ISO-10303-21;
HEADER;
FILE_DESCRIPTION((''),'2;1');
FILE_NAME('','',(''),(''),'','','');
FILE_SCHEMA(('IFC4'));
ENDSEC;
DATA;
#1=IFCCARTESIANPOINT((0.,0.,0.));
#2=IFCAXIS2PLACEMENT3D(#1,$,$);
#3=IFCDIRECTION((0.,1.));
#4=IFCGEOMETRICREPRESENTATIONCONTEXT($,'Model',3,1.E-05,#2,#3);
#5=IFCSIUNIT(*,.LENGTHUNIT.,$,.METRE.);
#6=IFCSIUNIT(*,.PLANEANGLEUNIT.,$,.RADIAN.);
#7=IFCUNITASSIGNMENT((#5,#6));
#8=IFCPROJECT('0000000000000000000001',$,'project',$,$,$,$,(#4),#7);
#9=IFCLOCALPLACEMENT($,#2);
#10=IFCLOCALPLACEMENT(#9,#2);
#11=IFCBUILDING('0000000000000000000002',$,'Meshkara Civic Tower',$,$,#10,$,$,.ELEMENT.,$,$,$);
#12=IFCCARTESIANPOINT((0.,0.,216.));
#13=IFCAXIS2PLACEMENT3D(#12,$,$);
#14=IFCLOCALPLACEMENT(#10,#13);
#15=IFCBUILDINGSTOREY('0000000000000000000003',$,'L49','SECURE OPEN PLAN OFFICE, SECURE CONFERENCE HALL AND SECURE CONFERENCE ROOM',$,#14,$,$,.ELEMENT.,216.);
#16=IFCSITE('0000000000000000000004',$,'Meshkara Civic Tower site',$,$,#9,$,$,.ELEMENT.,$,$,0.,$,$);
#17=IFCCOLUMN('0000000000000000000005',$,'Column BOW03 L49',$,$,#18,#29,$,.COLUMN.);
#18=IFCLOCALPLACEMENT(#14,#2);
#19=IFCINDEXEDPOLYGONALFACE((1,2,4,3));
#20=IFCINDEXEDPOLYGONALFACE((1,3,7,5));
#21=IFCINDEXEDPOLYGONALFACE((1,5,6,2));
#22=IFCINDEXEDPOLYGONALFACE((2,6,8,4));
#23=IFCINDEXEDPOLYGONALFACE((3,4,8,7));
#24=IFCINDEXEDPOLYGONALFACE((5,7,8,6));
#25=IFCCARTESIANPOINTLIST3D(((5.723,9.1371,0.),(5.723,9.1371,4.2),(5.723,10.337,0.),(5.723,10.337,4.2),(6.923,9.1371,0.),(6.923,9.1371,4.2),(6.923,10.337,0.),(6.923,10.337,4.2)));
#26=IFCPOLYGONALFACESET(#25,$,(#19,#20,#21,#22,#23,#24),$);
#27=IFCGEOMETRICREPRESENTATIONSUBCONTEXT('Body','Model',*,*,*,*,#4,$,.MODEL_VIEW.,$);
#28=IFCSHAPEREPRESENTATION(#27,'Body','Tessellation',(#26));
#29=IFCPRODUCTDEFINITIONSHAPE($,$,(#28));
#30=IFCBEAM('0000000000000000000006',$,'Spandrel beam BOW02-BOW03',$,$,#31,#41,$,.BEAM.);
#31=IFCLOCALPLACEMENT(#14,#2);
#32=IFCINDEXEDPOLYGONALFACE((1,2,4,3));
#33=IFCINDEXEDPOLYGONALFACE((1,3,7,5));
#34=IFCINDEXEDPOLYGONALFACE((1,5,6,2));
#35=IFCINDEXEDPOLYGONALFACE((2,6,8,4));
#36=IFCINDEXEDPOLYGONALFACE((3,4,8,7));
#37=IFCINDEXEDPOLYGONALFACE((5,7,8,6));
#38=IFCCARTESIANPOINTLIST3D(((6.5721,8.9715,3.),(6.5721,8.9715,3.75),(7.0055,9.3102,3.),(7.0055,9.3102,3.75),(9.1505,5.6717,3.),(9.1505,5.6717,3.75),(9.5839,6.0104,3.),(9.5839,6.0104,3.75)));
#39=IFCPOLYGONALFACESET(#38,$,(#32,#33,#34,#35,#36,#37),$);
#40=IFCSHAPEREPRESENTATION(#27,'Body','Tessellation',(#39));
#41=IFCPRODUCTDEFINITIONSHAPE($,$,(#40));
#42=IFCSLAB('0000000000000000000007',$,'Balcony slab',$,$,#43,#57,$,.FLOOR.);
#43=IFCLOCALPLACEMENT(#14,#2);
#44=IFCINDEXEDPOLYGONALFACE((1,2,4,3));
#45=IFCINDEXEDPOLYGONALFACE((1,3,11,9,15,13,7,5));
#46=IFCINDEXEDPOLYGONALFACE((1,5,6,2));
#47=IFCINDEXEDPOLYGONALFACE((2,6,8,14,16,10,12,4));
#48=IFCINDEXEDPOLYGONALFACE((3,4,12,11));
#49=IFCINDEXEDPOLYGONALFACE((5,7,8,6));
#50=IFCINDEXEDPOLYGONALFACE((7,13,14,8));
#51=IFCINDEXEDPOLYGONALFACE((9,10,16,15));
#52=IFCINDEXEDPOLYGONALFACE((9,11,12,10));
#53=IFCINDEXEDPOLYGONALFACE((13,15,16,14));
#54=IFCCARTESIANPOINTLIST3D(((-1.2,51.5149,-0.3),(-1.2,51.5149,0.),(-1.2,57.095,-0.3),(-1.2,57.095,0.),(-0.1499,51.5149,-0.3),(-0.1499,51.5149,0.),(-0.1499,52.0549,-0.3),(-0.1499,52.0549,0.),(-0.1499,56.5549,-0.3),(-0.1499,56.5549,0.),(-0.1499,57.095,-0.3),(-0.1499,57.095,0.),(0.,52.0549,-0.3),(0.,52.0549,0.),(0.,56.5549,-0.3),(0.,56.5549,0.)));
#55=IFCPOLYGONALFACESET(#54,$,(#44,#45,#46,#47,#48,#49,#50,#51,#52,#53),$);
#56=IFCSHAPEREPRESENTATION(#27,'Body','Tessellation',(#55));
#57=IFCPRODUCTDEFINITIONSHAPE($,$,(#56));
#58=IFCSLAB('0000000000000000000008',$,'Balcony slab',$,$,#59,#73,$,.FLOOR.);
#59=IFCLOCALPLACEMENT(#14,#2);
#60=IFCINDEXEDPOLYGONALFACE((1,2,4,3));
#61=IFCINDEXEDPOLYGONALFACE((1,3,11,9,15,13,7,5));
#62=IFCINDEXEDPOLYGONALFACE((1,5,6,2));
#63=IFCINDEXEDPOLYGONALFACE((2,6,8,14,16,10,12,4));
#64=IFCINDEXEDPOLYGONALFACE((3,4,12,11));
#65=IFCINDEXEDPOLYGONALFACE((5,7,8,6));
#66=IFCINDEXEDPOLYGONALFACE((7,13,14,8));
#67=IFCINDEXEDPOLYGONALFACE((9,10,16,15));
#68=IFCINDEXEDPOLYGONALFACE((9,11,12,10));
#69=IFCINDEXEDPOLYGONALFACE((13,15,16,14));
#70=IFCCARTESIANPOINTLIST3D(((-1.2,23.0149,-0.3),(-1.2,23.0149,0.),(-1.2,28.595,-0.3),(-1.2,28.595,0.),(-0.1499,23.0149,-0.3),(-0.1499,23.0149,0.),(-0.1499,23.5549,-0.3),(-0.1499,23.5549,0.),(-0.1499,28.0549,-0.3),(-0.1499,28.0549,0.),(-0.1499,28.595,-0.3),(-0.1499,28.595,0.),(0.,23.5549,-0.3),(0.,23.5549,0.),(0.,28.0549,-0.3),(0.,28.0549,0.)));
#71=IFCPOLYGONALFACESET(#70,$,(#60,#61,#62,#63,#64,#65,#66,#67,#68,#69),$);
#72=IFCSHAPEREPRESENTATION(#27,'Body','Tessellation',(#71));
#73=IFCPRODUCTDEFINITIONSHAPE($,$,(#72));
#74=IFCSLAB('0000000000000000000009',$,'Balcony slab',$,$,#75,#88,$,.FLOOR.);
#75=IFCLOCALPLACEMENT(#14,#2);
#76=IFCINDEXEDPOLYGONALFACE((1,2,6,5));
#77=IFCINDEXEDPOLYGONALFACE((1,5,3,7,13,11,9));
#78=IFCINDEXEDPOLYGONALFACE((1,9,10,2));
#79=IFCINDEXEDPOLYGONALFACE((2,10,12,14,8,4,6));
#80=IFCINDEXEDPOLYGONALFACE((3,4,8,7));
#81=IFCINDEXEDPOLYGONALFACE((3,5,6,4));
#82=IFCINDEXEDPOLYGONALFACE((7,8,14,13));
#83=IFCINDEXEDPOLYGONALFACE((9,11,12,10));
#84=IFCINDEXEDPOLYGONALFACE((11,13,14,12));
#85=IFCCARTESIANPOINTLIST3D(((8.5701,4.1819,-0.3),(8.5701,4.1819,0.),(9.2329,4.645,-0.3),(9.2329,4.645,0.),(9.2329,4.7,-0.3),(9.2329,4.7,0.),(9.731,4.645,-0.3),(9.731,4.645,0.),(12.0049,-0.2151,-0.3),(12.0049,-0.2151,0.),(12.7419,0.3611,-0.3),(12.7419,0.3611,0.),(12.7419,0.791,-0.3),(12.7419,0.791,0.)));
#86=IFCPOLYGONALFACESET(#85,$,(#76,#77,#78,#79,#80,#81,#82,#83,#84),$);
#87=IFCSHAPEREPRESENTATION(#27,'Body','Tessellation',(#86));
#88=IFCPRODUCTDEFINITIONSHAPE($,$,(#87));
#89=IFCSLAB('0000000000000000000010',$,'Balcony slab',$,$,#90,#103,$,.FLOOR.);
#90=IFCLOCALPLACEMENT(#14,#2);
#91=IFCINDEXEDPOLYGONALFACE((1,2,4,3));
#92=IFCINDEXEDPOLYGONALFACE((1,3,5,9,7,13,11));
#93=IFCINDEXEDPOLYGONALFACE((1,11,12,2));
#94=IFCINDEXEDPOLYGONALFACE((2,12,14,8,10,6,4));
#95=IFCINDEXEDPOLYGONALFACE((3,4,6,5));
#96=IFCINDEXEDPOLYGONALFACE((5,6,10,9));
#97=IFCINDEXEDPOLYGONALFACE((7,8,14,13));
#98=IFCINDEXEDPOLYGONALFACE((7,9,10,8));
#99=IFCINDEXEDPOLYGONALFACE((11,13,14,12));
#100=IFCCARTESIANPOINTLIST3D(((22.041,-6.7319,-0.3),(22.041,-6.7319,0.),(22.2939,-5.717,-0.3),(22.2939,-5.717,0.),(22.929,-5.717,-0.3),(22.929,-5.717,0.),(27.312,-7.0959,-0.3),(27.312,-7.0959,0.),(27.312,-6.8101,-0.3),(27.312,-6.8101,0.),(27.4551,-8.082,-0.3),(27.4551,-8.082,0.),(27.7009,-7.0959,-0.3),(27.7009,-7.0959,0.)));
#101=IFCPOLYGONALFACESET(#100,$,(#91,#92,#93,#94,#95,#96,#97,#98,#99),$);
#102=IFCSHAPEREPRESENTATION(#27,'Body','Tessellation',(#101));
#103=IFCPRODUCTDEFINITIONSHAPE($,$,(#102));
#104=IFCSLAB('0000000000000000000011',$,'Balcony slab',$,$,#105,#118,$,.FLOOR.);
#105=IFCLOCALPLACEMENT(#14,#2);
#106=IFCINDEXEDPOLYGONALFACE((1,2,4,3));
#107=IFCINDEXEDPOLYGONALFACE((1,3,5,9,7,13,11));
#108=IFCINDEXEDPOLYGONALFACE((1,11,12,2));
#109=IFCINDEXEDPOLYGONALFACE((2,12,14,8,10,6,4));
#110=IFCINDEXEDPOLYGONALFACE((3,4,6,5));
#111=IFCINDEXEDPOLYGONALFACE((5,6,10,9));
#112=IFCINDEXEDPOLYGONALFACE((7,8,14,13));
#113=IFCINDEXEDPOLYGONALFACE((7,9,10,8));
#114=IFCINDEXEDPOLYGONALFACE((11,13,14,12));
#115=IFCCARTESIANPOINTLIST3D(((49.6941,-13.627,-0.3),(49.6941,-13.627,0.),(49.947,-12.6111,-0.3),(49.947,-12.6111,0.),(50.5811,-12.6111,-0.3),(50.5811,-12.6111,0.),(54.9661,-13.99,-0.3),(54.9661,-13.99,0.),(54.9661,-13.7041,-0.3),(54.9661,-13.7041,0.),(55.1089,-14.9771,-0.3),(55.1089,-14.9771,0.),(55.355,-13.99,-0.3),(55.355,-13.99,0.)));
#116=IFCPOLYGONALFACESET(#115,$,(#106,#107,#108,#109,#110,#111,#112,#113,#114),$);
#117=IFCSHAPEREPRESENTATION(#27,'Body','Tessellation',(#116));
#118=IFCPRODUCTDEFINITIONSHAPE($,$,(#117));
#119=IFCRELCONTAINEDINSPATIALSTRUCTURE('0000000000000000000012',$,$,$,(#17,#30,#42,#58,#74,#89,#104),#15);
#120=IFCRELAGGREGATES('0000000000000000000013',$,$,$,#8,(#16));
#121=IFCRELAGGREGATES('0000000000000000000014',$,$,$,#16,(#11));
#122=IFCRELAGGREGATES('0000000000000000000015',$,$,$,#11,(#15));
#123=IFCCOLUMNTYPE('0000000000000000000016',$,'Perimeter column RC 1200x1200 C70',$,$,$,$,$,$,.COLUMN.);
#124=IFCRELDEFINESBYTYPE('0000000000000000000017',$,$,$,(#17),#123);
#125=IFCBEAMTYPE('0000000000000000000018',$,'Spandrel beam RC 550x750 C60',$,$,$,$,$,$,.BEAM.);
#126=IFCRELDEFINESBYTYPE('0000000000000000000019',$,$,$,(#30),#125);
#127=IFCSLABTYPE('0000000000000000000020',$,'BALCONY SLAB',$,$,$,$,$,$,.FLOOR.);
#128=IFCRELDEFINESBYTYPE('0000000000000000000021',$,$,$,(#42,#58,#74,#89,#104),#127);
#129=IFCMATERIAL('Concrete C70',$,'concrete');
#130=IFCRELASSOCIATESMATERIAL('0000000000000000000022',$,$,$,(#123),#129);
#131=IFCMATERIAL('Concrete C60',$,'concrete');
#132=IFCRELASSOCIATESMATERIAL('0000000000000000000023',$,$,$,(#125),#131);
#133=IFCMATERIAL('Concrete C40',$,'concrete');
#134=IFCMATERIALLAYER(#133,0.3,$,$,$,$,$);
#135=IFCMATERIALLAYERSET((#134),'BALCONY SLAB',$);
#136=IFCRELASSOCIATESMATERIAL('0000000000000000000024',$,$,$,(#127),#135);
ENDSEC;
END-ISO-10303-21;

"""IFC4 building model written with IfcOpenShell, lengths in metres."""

from ifc_helpers import new_model, si_unit, direction, frame, origin, origin_2d, place, context, subcontext, project, spatial, polyline, rectangle, outline, extrude, material, layer, layer_set, material_profile, profile_set, type_object, element, save


model = new_model("IFC4")

# Units and contexts
model_context = context("Model", 3, precision=1e-05, world=origin(), true_north=direction((0.0, 1.0)))
body_context = subcontext(model_context, "Body", "Model", "MODEL_VIEW")
ifc_project = project(units=[si_unit("LENGTHUNIT", "METRE"), si_unit("PLANEANGLEUNIT", "RADIAN")], contexts=[model_context])

# Site, building, storey
site_placement = place(None, origin())
site = spatial("IfcSite", under=ifc_project, at=site_placement, Name="Meshkara Civic Tower site", CompositionType="ELEMENT", RefElevation=0.0)
building_placement = place(site_placement, origin())
building = spatial("IfcBuilding", under=site, at=building_placement, Name="Meshkara Civic Tower", CompositionType="ELEMENT")
storey_placement = place(building_placement, frame((0.0, 0.0, 216.0)))
storey = spatial("IfcBuildingStorey", under=building, at=storey_placement, Name="L49", Description="SECURE OPEN PLAN OFFICE, SECURE CONFERENCE HALL AND SECURE CONFERENCE ROOM", CompositionType="ELEMENT", Elevation=216.0)

# Column
ifc_material_1 = material(Name="Concrete C70", Category="concrete")
ifc_material_profile_1 = material_profile(ifc_material_1, rectangle(XDim=1.2, YDim=1.2, at=origin_2d()))
ifc_profile_set_1 = profile_set([ifc_material_profile_1], Name="Concrete C70")
column_type = type_object("IfcColumnType", Name="Perimeter column RC 1200x1200 C70", PredefinedType="COLUMN", material=ifc_profile_set_1)
column_placement = place(storey_placement, frame((6.323, 9.7371, 0.0), z_axis=(0.0, 0.0, 1.0), x_axis=(1.0, 0.0, 0.0)))
element("IfcColumn", 1, at=column_placement, inside=storey, type_object=column_type, Name="Column BOW03 L49", PredefinedType="COLUMN", context=body_context, shape_type="SweptSolid", body=[
    extrude(rectangle(XDim=1.2, YDim=1.2, at=origin_2d()), origin(), (0.0, 0.0, 1.0), 4.2),
])

# Beam
ifc_material_2 = material(Name="Concrete C60", Category="concrete")
ifc_material_profile_2 = material_profile(ifc_material_2, rectangle(XDim=0.55, YDim=0.75, at=origin_2d()))
ifc_profile_set_2 = profile_set([ifc_material_profile_2], Name="Concrete C60")
beam_type = type_object("IfcBeamType", Name="Spandrel beam RC 550x750 C60", PredefinedType="BEAM", material=ifc_profile_set_2)
beam_placement = place(storey_placement, frame((6.7888, 9.1409, 3.375), z_axis=(0.615703, -0.787978, 0.0), x_axis=(0.787978, 0.615703, 0.0)))
element("IfcBeam", 2, at=beam_placement, inside=storey, type_object=beam_type, Name="Spandrel beam BOW02-BOW03", PredefinedType="BEAM", context=body_context, shape_type="SweptSolid", body=[
    extrude(rectangle(XDim=0.55, YDim=0.75, at=origin_2d()), origin(), (0.0, 0.0, 1.0), 4.1877),
])

# Slabs
ifc_material_3 = material(Name="Concrete C40", Category="concrete")
ifc_layer_1 = layer(ifc_material_3, 0.3)
ifc_layer_set_1 = layer_set([ifc_layer_1], Name="BALCONY SLAB")
slab_type_1 = type_object("IfcSlabType", Name="BALCONY SLAB", PredefinedType="FLOOR", material=ifc_layer_set_1)
slab_1_placement = place(storey_placement, frame((0.0, 0.0, -0.3)))
element("IfcSlab", 3, at=slab_1_placement, inside=storey, type_object=slab_type_1, Name="Balcony slab", PredefinedType="FLOOR", context=body_context, shape_type="SweptSolid", body=[
    extrude(outline(polyline([(-1.2, 51.5149), (-1.2, 57.095), (-0.1499, 57.095), (-0.1499, 56.5549), (0.0, 56.5549), (0.0, 52.0549), (-0.1499, 52.0549), (-0.1499, 51.5149), (-1.2, 51.5149)])), origin(), (0.0, 0.0, 1.0), 0.3),
])
slab_2_placement = place(storey_placement, frame((0.0, 0.0, -0.3)))
element("IfcSlab", 4, at=slab_2_placement, inside=storey, type_object=slab_type_1, Name="Balcony slab", PredefinedType="FLOOR", context=body_context, shape_type="SweptSolid", body=[
    extrude(outline(polyline([(-1.2, 23.0149), (-1.2, 28.595), (-0.1499, 28.595), (-0.1499, 28.0549), (0.0, 28.0549), (0.0, 23.5549), (-0.1499, 23.5549), (-0.1499, 23.0149), (-1.2, 23.0149)])), origin(), (0.0, 0.0, 1.0), 0.3),
])
slab_3_placement = place(storey_placement, frame((0.0, 0.0, -0.3)))
element("IfcSlab", 5, at=slab_3_placement, inside=storey, type_object=slab_type_1, Name="Balcony slab", PredefinedType="FLOOR", context=body_context, shape_type="SweptSolid", body=[
    extrude(outline(polyline([(12.0049, -0.2151), (8.5701, 4.1819), (9.2329, 4.7), (9.2329, 4.645), (9.731, 4.645), (12.7419, 0.791), (12.7419, 0.3611), (12.0049, -0.2151)])), origin(), (0.0, 0.0, 1.0), 0.3),
])
slab_4_placement = place(storey_placement, frame((0.0, 0.0, -0.3)))
element("IfcSlab", 6, at=slab_4_placement, inside=storey, type_object=slab_type_1, Name="Balcony slab", PredefinedType="FLOOR", context=body_context, shape_type="SweptSolid", body=[
    extrude(outline(polyline([(27.4551, -8.082), (22.041, -6.7319), (22.2939, -5.717), (22.929, -5.717), (27.312, -6.8101), (27.312, -7.0959), (27.7009, -7.0959), (27.4551, -8.082)])), origin(), (0.0, 0.0, 1.0), 0.3),
])
slab_5_placement = place(storey_placement, frame((0.0, 0.0, -0.3)))
element("IfcSlab", 7, at=slab_5_placement, inside=storey, type_object=slab_type_1, Name="Balcony slab", PredefinedType="FLOOR", context=body_context, shape_type="SweptSolid", body=[
    extrude(outline(polyline([(55.1089, -14.9771), (49.6941, -13.627), (49.947, -12.6111), (50.5811, -12.6111), (54.9661, -13.7041), (54.9661, -13.99), (55.355, -13.99), (55.1089, -14.9771)])), origin(), (0.0, 0.0, 1.0), 0.3),
])

save(model, "model.ifc")
